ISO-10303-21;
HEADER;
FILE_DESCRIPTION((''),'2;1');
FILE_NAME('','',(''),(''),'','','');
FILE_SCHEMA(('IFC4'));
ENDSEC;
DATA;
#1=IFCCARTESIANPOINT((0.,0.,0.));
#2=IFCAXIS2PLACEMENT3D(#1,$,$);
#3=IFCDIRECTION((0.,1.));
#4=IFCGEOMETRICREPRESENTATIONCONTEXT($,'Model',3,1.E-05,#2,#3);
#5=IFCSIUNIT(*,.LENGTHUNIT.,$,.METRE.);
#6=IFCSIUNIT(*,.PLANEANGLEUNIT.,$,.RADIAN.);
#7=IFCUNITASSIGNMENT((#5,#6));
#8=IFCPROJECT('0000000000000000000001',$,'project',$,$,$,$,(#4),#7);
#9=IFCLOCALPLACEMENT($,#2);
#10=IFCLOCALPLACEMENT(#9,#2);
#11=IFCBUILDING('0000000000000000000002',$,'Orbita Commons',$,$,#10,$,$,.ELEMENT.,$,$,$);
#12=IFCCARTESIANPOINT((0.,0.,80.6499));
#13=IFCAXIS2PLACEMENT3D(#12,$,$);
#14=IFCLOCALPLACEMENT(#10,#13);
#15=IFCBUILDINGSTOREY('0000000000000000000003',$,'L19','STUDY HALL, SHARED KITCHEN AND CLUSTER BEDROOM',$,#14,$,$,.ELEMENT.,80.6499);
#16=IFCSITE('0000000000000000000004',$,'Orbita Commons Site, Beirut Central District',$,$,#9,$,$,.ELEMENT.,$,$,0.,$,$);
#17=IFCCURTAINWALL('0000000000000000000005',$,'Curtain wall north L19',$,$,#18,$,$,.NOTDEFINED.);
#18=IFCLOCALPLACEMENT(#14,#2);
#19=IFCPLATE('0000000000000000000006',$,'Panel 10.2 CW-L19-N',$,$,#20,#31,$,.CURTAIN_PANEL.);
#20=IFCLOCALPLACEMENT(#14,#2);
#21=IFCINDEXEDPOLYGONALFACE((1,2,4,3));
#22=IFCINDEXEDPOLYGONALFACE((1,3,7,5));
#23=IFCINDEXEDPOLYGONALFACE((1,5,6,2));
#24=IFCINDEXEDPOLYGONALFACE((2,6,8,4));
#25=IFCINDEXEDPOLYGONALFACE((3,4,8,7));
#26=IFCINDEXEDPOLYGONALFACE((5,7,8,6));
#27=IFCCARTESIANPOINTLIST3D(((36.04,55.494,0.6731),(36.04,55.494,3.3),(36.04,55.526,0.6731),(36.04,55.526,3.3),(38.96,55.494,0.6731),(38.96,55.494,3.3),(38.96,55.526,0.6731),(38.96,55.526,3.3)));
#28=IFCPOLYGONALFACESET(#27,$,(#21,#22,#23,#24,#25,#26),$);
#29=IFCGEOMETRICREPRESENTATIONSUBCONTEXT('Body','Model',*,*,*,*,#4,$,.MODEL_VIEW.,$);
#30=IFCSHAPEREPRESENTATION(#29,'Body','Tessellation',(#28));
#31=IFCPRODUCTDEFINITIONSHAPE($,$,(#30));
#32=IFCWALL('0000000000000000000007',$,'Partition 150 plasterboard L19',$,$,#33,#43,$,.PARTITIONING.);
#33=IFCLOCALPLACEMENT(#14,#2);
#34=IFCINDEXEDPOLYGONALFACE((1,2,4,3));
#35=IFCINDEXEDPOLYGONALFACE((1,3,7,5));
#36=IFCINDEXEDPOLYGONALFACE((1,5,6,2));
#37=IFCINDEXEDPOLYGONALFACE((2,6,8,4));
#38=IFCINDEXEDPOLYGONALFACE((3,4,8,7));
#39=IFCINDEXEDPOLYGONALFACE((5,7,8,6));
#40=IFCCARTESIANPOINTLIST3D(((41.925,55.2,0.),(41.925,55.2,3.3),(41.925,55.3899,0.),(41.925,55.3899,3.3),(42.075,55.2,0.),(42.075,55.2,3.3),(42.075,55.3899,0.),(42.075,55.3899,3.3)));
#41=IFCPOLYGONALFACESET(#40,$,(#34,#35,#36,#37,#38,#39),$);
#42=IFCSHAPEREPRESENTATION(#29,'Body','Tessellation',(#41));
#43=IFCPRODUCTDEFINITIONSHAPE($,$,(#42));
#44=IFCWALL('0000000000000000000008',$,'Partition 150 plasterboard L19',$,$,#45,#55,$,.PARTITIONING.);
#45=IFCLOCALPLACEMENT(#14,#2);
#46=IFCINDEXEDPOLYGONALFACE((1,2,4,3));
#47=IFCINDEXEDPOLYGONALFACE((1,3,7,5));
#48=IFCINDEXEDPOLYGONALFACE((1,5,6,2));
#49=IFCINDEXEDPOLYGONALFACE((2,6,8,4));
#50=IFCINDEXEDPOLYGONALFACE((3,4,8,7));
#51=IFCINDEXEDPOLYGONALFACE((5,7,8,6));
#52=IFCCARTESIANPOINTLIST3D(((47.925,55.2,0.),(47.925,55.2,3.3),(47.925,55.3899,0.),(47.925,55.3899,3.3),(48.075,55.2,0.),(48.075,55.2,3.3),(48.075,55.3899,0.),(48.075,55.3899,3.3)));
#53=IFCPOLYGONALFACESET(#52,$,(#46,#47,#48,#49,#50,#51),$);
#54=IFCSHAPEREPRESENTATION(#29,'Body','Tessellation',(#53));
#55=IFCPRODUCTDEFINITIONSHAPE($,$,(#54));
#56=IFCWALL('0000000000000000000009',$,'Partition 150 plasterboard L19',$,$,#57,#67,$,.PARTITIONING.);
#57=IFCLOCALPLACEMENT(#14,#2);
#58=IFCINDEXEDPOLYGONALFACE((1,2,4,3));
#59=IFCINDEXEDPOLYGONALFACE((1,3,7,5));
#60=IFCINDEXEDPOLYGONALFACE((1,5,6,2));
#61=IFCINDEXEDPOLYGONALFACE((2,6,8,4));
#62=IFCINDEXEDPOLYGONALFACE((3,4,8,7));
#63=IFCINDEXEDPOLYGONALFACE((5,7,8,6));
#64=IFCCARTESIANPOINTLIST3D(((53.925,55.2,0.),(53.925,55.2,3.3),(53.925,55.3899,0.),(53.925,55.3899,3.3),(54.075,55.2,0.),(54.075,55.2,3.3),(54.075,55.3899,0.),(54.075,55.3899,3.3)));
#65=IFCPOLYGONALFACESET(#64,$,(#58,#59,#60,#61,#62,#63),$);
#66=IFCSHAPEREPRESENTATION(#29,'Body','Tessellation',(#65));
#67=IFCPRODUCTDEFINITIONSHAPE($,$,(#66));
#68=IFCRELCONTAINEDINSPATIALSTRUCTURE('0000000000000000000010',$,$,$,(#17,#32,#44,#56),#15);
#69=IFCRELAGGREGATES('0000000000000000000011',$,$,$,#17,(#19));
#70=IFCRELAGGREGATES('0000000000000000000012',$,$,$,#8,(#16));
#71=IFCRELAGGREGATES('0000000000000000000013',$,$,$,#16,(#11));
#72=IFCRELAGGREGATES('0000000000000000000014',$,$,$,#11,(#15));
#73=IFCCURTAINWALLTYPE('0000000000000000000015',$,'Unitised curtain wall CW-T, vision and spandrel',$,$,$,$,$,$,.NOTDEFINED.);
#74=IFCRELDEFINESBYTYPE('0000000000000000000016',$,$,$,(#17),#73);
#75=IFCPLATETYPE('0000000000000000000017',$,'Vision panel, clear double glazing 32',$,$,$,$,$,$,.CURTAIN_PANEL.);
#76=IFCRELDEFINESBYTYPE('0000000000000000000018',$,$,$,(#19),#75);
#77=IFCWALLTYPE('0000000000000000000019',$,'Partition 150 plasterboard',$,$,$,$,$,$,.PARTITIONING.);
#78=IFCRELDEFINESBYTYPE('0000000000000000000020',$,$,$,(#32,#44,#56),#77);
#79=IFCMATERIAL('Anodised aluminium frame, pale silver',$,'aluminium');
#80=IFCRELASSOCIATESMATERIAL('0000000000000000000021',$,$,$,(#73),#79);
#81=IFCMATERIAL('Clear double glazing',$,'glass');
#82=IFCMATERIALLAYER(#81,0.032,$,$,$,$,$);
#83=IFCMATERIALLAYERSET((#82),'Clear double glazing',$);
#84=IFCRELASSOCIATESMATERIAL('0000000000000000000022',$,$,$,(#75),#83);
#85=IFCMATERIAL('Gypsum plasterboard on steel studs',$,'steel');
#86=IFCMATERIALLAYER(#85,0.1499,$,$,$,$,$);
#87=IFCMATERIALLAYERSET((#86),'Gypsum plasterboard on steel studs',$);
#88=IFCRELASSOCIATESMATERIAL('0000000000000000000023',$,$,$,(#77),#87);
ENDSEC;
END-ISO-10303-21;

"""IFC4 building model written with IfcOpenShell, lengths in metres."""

from ifc_helpers import new_model, si_unit, direction, frame, frame_2d, origin, origin_2d, place, context, subcontext, project, spatial, rectangle, extrude, material, layer, layer_set, type_object, element, aggregate, save


model = new_model("IFC4")

# Units and contexts
model_context = context("Model", 3, precision=1e-05, world=origin(), true_north=direction((0.0, 1.0)))
body_context = subcontext(model_context, "Body", "Model", "MODEL_VIEW")
ifc_project = project(units=[si_unit("LENGTHUNIT", "METRE"), si_unit("PLANEANGLEUNIT", "RADIAN")], contexts=[model_context])

# Site, building, storey
site_placement = place(None, origin())
site = spatial("IfcSite", under=ifc_project, at=site_placement, Name="Orbita Commons Site, Beirut Central District", CompositionType="ELEMENT", RefElevation=0.0)
building_placement = place(site_placement, origin())
building = spatial("IfcBuilding", under=site, at=building_placement, Name="Orbita Commons", CompositionType="ELEMENT")
storey_placement = place(building_placement, frame((0.0, 0.0, 80.6499)))
storey = spatial("IfcBuildingStorey", under=building, at=storey_placement, Name="L19", Description="STUDY HALL, SHARED KITCHEN AND CLUSTER BEDROOM", CompositionType="ELEMENT", Elevation=80.6499)

# Curtain wall
ifc_material_1 = material(Name="Anodised aluminium frame, pale silver", Category="aluminium")
curtain_wall_type = type_object("IfcCurtainWallType", Name="Unitised curtain wall CW-T, vision and spandrel", PredefinedType="NOTDEFINED", material=ifc_material_1)
curtain_wall_placement = place(storey_placement, origin())
curtain_wall = element("IfcCurtainWall", 1, at=curtain_wall_placement, inside=storey, type_object=curtain_wall_type, Name="Curtain wall north L19", PredefinedType="NOTDEFINED")

# Plate
ifc_material_2 = material(Name="Clear double glazing", Category="glass")
ifc_layer_1 = layer(ifc_material_2, 0.032)
ifc_layer_set_1 = layer_set([ifc_layer_1], Name="Clear double glazing")
plate_type_1 = type_object("IfcPlateType", Name="Vision panel, clear double glazing 32", PredefinedType="CURTAIN_PANEL", material=ifc_layer_set_1)
plate_1_placement = place(storey_placement, frame((37.5, 55.51, 0.6731), z_axis=(0.0, 0.0, 1.0), x_axis=(-1.0, 0.0, 0.0)))
plate_1 = element("IfcPlate", 2, at=plate_1_placement, type_object=plate_type_1, Name="Panel 10.2 CW-L19-N", PredefinedType="CURTAIN_PANEL", context=body_context, shape_type="SweptSolid", body=[
    extrude(rectangle(XDim=2.9199, YDim=0.032, at=origin_2d()), origin(), (0.0, 0.0, 1.0), 2.627),
])
aggregate(curtain_wall, [plate_1])

# Walls
ifc_material_3 = material(Name="Gypsum plasterboard on steel studs", Category="steel")
ifc_layer_2 = layer(ifc_material_3, 0.1499)
ifc_layer_set_2 = layer_set([ifc_layer_2], Name="Gypsum plasterboard on steel studs")
wall_type = type_object("IfcWallType", Name="Partition 150 plasterboard", PredefinedType="PARTITIONING", material=ifc_layer_set_2)
for number, where, z_axis, x_axis, name in (
    (3, (42.0, 55.2, 0.0), (0.0, 0.0, 1.0), (0.0, 1.0, 0.0), "Partition 150 plasterboard L19"),
    (4, (48.0, 55.2, 0.0), (0.0, 0.0, 1.0), (0.0, 1.0, 0.0), "Partition 150 plasterboard L19"),
    (5, (54.0, 55.2, 0.0), (0.0, 0.0, 1.0), (0.0, 1.0, 0.0), "Partition 150 plasterboard L19"),
):
    element("IfcWall", number, at=place(storey_placement, frame(where, z_axis=z_axis, x_axis=x_axis)), inside=storey, type_object=wall_type, Name=name, PredefinedType="PARTITIONING", context=body_context, shape_type="SweptSolid", body=[
        extrude(rectangle(XDim=0.1899, YDim=0.1499, at=frame_2d((0.095, 0.0))), origin(), (0.0, 0.0, 1.0), 3.3),
    ])

save(model, "model.ifc")
